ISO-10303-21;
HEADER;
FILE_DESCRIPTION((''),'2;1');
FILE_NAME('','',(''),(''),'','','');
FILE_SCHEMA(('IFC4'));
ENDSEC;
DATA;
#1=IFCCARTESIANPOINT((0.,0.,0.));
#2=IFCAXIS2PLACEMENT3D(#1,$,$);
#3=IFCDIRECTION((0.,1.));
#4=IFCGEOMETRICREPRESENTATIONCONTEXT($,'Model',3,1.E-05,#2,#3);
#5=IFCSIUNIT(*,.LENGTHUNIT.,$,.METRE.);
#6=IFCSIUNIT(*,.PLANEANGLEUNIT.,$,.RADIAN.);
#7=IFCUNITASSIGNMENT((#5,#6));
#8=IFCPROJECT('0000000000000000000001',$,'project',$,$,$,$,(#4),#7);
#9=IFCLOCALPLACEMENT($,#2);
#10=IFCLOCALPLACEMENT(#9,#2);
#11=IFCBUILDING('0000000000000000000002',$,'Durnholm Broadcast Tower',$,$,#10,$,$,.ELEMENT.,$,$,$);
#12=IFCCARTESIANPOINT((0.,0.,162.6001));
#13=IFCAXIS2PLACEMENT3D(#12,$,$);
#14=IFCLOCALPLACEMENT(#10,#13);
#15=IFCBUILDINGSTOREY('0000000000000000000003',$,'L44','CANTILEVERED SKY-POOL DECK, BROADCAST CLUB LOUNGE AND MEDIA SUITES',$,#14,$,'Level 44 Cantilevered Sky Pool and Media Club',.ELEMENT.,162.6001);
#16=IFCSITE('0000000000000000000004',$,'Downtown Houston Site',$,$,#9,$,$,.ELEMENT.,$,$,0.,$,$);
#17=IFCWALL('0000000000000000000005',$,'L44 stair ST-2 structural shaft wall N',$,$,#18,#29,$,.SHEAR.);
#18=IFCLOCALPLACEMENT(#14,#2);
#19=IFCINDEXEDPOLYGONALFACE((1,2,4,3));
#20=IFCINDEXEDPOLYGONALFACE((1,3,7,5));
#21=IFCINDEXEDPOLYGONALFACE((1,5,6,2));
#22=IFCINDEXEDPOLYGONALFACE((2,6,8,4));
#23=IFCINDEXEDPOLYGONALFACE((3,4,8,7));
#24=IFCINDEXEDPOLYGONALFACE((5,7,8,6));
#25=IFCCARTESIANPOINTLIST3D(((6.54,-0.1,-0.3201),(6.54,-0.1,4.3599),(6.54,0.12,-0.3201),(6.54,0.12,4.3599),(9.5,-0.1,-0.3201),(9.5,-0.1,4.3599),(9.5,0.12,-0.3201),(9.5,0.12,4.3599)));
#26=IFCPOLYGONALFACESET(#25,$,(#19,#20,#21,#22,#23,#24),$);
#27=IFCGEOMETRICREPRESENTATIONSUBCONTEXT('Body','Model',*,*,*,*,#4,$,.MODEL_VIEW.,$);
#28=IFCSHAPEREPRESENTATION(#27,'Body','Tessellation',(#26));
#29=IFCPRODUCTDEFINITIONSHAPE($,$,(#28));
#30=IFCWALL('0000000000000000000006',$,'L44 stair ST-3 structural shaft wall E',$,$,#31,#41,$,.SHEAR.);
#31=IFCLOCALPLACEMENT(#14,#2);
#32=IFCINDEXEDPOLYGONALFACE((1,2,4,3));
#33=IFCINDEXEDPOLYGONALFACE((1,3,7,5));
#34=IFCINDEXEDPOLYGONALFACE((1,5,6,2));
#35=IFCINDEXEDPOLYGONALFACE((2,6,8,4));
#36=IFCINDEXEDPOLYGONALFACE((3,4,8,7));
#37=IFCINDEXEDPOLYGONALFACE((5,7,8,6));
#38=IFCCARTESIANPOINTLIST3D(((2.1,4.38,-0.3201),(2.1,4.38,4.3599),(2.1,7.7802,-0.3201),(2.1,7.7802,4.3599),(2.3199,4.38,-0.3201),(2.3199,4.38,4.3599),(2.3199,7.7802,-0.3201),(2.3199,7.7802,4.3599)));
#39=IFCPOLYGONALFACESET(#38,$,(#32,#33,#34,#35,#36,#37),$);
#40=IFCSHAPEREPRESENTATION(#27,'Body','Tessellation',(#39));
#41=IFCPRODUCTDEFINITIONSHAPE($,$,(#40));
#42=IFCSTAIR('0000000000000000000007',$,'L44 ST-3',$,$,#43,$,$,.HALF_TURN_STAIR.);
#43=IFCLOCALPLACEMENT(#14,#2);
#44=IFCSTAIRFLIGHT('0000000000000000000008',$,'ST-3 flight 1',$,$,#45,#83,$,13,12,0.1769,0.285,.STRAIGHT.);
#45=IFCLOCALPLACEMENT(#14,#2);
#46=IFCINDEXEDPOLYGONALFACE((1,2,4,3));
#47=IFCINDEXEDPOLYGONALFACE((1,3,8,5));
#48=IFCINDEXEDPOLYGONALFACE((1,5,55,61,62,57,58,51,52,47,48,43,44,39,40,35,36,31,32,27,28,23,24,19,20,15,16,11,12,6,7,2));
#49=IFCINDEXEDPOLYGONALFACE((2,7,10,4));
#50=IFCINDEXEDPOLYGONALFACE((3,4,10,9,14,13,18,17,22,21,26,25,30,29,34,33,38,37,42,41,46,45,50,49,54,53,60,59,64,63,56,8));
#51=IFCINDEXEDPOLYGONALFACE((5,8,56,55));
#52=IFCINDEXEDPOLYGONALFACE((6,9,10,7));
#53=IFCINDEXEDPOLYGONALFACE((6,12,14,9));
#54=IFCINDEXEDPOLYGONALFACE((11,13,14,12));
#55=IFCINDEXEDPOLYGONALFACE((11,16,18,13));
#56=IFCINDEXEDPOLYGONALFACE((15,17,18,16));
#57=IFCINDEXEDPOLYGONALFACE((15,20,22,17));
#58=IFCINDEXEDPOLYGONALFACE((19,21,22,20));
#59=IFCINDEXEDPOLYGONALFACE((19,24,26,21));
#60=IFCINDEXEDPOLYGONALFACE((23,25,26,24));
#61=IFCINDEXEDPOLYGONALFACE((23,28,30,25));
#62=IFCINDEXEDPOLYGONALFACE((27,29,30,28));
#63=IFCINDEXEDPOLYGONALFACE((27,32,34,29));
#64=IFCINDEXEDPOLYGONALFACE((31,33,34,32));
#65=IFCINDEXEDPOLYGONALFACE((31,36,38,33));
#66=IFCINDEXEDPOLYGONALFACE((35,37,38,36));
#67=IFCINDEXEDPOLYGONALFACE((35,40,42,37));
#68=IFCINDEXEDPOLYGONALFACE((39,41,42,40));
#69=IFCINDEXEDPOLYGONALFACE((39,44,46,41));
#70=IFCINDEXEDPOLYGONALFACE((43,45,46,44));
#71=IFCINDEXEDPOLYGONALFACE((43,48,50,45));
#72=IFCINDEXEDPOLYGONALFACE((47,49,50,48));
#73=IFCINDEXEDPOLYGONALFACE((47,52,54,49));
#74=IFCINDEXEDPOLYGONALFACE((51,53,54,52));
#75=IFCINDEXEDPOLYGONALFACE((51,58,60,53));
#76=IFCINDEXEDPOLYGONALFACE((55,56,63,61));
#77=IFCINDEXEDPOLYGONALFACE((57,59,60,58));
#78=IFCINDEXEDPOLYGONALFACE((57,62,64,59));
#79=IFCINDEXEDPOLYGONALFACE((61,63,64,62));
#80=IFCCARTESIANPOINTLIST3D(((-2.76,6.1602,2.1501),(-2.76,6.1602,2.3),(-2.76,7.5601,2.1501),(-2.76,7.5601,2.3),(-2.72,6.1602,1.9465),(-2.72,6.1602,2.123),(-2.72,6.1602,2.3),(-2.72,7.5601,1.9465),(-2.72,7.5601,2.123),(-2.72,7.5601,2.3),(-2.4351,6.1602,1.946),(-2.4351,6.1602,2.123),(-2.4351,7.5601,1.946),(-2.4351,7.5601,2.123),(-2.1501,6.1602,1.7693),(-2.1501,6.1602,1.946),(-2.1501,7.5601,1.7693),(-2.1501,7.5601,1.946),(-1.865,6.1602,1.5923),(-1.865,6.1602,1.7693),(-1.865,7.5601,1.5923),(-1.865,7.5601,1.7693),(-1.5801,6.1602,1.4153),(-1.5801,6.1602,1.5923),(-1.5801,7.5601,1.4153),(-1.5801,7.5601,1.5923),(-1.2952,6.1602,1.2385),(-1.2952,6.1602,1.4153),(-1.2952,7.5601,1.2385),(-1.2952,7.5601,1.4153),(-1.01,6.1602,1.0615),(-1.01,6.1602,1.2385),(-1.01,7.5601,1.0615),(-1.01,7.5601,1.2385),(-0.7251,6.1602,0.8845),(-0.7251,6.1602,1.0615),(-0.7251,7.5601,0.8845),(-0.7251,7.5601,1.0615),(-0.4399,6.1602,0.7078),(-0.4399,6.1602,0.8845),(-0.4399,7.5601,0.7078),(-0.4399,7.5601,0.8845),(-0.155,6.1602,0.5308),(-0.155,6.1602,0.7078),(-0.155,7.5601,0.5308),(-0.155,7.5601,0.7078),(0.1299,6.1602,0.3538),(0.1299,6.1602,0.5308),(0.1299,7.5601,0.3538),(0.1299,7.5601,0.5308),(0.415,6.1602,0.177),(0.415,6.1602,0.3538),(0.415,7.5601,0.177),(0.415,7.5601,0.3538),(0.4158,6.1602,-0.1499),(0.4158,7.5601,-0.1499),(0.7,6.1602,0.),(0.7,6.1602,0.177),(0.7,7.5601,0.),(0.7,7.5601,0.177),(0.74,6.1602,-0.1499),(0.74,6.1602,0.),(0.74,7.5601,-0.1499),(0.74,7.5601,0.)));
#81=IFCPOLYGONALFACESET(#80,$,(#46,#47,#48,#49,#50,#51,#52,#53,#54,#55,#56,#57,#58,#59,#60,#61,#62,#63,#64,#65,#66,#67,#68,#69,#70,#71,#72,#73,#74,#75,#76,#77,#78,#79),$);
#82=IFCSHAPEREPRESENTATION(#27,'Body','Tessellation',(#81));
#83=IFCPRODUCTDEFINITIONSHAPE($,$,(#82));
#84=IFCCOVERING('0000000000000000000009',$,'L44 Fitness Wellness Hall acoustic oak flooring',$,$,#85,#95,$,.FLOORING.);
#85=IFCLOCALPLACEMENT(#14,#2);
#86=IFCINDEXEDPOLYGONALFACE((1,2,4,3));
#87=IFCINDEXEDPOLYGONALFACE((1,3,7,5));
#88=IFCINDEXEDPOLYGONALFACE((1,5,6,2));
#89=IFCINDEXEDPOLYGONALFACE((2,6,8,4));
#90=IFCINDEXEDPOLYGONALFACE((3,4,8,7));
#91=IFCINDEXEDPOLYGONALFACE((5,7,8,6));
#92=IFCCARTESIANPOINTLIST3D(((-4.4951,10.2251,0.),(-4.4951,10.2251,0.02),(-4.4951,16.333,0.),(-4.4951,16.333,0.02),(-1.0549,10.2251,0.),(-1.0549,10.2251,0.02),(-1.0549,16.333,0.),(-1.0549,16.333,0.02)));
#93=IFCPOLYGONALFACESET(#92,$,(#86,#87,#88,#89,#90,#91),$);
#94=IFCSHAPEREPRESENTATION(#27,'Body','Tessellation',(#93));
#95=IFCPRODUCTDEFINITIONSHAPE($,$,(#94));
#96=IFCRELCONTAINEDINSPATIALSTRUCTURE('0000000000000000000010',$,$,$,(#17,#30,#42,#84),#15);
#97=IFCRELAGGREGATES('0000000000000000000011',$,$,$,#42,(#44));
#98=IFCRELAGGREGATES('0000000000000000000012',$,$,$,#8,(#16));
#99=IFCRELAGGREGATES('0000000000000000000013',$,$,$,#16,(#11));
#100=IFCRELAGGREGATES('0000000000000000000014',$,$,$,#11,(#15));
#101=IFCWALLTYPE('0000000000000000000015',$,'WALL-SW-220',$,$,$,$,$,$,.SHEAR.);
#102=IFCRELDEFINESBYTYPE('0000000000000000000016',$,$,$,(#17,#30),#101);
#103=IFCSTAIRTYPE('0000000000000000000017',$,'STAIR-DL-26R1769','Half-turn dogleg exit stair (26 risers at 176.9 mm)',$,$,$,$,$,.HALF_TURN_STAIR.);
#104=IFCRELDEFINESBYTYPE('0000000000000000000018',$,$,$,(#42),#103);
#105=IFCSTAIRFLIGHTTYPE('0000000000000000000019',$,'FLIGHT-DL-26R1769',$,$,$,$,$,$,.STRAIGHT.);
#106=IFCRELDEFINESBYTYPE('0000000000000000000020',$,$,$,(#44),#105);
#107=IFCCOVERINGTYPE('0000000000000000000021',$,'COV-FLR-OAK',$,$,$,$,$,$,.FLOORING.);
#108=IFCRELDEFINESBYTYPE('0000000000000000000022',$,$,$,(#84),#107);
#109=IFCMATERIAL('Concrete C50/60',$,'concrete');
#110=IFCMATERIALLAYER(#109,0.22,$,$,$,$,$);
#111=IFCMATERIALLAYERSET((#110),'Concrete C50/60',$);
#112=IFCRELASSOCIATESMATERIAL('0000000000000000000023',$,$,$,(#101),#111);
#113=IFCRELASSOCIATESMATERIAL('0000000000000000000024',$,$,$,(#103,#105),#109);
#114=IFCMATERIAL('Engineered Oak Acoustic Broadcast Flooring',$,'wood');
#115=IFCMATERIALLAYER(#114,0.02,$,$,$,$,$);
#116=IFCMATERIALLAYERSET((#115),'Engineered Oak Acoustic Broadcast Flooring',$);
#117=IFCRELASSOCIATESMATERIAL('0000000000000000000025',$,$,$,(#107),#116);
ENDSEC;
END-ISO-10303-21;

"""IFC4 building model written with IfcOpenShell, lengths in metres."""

from ifc_helpers import new_model, si_unit, direction, frame, frame_2d, origin, place, context, subcontext, project, spatial, polyline, rectangle, outline, extrude, material, layer, layer_set, type_object, element, aggregate, save


model = new_model("IFC4")

# Units and contexts
model_context = context("Model", 3, precision=1e-05, world=origin(), true_north=direction((0.0, 1.0)))
body_context = subcontext(model_context, "Body", "Model", "MODEL_VIEW")
ifc_project = project(units=[si_unit("LENGTHUNIT", "METRE"), si_unit("PLANEANGLEUNIT", "RADIAN")], contexts=[model_context])

# Site, building, storey
site_placement = place(None, origin())
site = spatial("IfcSite", under=ifc_project, at=site_placement, Name="Downtown Houston Site", CompositionType="ELEMENT", RefElevation=0.0)
building_placement = place(site_placement, origin())
building = spatial("IfcBuilding", under=site, at=building_placement, Name="Durnholm Broadcast Tower", CompositionType="ELEMENT")
storey_placement = place(building_placement, frame((0.0, 0.0, 162.6001)))
storey = spatial("IfcBuildingStorey", under=building, at=storey_placement, Name="L44", Description="CANTILEVERED SKY-POOL DECK, BROADCAST CLUB LOUNGE AND MEDIA SUITES", LongName="Level 44 Cantilevered Sky Pool and Media Club", CompositionType="ELEMENT", Elevation=162.6001)

# Shared definitions
ifc_material_1 = material(Name="Concrete C50/60", Category="concrete")
ifc_layer_1 = layer(ifc_material_1, 0.22)
ifc_layer_set_1 = layer_set([ifc_layer_1], Name="Concrete C50/60")
wall_type_1 = type_object("IfcWallType", Name="WALL-SW-220", PredefinedType="SHEAR", material=ifc_layer_set_1)

# Walls
wall_1_placement = place(storey_placement, frame((9.5, 0.01, -0.3201), z_axis=(0.0, 0.0, 1.0), x_axis=(-1.0, 0.0, 0.0)))
element("IfcWall", 1, at=wall_1_placement, inside=storey, type_object=wall_type_1, Name="L44 stair ST-2 structural shaft wall N", PredefinedType="SHEAR", context=body_context, shape_type="SweptSolid", body=[
    extrude(rectangle(XDim=2.96, YDim=0.22, at=frame_2d((1.48, 0.0))), origin(), (0.0, 0.0, 1.0), 4.6799),
])
wall_2_placement = place(storey_placement, frame((2.21, 4.3799, -0.3201), z_axis=(0.0, 0.0, 1.0), x_axis=(0.0, 1.0, 0.0)))
element("IfcWall", 2, at=wall_2_placement, inside=storey, type_object=wall_type_1, Name="L44 stair ST-3 structural shaft wall E", PredefinedType="SHEAR", context=body_context, shape_type="SweptSolid", body=[
    extrude(rectangle(XDim=3.4001, YDim=0.22, at=frame_2d((1.7002, 0.0))), origin(), (0.0, 0.0, 1.0), 4.6799),
])

# Stair, stair flight
stair_type = type_object("IfcStairType", Name="STAIR-DL-26R1769", Description="Half-turn dogleg exit stair (26 risers at 176.9 mm)", PredefinedType="HALF_TURN_STAIR", material=ifc_material_1)
stair_placement = place(storey_placement, origin())
stair = element("IfcStair", 3, at=stair_placement, inside=storey, type_object=stair_type, Name="L44 ST-3", PredefinedType="HALF_TURN_STAIR")
stair_flight_type = type_object("IfcStairFlightType", Name="FLIGHT-DL-26R1769", PredefinedType="STRAIGHT", material=ifc_material_1)
stair_flight_placement = place(storey_placement, frame((0.7, 6.8601, 0.0), z_axis=(0.0, 0.0, 1.0), x_axis=(-1.0, 0.0, 0.0)))
stair_flight = element("IfcStairFlight", 4, at=stair_flight_placement, type_object=stair_flight_type, Name="ST-3 flight 1", NumberOfRisers=13, NumberOfTreads=12, PredefinedType="STRAIGHT", RiserHeight=0.1769, TreadLength=0.285, context=body_context, shape_type="SweptSolid", body=[
    extrude(outline(polyline([(-0.04, -0.1499), (-0.04, 0.0), (0.0, 0.0), (0.0, 0.177), (0.2849, 0.177), (0.2849, 0.3538), (0.5701, 0.3538), (0.5701, 0.5308), (0.855, 0.5308), (0.855, 0.7078), (1.1399, 0.7078), (1.1399, 0.8845), (1.425, 0.8845), (1.425, 1.0615), (1.71, 1.0615), (1.71, 1.2385), (1.9951, 1.2385), (1.9951, 1.4153), (2.28, 1.4153), (2.28, 1.5923), (2.5649, 1.5923), (2.5649, 1.7693), (2.8501, 1.7693), (2.8501, 1.946), (3.135, 1.946), (3.135, 2.123), (3.4199, 2.123), (3.4199, 2.3), (3.46, 2.3), (3.46, 2.1501), (3.4199, 1.9465), (0.2842, -0.1499), (-0.04, -0.1499)])), frame((0.0, 0.7, 0.0), z_axis=(0.0, -1.0, 0.0), x_axis=(1.0, 0.0, 0.0)), (0.0, 0.0, 1.0), 1.3999),
])
aggregate(stair, [stair_flight])

# Covering
ifc_material_2 = material(Name="Engineered Oak Acoustic Broadcast Flooring", Category="wood")
ifc_layer_2 = layer(ifc_material_2, 0.02)
ifc_layer_set_2 = layer_set([ifc_layer_2], Name="Engineered Oak Acoustic Broadcast Flooring")
covering_type = type_object("IfcCoveringType", Name="COV-FLR-OAK", PredefinedType="FLOORING", material=ifc_layer_set_2)
covering_placement = place(storey_placement, origin())
element("IfcCovering", 5, at=covering_placement, inside=storey, type_object=covering_type, Name="L44 Fitness Wellness Hall acoustic oak flooring", PredefinedType="FLOORING", context=body_context, shape_type="SweptSolid", body=[
    extrude(outline(polyline([(-1.0549, 16.333), (-4.4951, 16.333), (-4.4951, 10.2251), (-1.0549, 10.2251), (-1.0549, 16.333)])), origin(), (0.0, 0.0, 1.0), 0.02),
])

save(model, "model.ifc")
